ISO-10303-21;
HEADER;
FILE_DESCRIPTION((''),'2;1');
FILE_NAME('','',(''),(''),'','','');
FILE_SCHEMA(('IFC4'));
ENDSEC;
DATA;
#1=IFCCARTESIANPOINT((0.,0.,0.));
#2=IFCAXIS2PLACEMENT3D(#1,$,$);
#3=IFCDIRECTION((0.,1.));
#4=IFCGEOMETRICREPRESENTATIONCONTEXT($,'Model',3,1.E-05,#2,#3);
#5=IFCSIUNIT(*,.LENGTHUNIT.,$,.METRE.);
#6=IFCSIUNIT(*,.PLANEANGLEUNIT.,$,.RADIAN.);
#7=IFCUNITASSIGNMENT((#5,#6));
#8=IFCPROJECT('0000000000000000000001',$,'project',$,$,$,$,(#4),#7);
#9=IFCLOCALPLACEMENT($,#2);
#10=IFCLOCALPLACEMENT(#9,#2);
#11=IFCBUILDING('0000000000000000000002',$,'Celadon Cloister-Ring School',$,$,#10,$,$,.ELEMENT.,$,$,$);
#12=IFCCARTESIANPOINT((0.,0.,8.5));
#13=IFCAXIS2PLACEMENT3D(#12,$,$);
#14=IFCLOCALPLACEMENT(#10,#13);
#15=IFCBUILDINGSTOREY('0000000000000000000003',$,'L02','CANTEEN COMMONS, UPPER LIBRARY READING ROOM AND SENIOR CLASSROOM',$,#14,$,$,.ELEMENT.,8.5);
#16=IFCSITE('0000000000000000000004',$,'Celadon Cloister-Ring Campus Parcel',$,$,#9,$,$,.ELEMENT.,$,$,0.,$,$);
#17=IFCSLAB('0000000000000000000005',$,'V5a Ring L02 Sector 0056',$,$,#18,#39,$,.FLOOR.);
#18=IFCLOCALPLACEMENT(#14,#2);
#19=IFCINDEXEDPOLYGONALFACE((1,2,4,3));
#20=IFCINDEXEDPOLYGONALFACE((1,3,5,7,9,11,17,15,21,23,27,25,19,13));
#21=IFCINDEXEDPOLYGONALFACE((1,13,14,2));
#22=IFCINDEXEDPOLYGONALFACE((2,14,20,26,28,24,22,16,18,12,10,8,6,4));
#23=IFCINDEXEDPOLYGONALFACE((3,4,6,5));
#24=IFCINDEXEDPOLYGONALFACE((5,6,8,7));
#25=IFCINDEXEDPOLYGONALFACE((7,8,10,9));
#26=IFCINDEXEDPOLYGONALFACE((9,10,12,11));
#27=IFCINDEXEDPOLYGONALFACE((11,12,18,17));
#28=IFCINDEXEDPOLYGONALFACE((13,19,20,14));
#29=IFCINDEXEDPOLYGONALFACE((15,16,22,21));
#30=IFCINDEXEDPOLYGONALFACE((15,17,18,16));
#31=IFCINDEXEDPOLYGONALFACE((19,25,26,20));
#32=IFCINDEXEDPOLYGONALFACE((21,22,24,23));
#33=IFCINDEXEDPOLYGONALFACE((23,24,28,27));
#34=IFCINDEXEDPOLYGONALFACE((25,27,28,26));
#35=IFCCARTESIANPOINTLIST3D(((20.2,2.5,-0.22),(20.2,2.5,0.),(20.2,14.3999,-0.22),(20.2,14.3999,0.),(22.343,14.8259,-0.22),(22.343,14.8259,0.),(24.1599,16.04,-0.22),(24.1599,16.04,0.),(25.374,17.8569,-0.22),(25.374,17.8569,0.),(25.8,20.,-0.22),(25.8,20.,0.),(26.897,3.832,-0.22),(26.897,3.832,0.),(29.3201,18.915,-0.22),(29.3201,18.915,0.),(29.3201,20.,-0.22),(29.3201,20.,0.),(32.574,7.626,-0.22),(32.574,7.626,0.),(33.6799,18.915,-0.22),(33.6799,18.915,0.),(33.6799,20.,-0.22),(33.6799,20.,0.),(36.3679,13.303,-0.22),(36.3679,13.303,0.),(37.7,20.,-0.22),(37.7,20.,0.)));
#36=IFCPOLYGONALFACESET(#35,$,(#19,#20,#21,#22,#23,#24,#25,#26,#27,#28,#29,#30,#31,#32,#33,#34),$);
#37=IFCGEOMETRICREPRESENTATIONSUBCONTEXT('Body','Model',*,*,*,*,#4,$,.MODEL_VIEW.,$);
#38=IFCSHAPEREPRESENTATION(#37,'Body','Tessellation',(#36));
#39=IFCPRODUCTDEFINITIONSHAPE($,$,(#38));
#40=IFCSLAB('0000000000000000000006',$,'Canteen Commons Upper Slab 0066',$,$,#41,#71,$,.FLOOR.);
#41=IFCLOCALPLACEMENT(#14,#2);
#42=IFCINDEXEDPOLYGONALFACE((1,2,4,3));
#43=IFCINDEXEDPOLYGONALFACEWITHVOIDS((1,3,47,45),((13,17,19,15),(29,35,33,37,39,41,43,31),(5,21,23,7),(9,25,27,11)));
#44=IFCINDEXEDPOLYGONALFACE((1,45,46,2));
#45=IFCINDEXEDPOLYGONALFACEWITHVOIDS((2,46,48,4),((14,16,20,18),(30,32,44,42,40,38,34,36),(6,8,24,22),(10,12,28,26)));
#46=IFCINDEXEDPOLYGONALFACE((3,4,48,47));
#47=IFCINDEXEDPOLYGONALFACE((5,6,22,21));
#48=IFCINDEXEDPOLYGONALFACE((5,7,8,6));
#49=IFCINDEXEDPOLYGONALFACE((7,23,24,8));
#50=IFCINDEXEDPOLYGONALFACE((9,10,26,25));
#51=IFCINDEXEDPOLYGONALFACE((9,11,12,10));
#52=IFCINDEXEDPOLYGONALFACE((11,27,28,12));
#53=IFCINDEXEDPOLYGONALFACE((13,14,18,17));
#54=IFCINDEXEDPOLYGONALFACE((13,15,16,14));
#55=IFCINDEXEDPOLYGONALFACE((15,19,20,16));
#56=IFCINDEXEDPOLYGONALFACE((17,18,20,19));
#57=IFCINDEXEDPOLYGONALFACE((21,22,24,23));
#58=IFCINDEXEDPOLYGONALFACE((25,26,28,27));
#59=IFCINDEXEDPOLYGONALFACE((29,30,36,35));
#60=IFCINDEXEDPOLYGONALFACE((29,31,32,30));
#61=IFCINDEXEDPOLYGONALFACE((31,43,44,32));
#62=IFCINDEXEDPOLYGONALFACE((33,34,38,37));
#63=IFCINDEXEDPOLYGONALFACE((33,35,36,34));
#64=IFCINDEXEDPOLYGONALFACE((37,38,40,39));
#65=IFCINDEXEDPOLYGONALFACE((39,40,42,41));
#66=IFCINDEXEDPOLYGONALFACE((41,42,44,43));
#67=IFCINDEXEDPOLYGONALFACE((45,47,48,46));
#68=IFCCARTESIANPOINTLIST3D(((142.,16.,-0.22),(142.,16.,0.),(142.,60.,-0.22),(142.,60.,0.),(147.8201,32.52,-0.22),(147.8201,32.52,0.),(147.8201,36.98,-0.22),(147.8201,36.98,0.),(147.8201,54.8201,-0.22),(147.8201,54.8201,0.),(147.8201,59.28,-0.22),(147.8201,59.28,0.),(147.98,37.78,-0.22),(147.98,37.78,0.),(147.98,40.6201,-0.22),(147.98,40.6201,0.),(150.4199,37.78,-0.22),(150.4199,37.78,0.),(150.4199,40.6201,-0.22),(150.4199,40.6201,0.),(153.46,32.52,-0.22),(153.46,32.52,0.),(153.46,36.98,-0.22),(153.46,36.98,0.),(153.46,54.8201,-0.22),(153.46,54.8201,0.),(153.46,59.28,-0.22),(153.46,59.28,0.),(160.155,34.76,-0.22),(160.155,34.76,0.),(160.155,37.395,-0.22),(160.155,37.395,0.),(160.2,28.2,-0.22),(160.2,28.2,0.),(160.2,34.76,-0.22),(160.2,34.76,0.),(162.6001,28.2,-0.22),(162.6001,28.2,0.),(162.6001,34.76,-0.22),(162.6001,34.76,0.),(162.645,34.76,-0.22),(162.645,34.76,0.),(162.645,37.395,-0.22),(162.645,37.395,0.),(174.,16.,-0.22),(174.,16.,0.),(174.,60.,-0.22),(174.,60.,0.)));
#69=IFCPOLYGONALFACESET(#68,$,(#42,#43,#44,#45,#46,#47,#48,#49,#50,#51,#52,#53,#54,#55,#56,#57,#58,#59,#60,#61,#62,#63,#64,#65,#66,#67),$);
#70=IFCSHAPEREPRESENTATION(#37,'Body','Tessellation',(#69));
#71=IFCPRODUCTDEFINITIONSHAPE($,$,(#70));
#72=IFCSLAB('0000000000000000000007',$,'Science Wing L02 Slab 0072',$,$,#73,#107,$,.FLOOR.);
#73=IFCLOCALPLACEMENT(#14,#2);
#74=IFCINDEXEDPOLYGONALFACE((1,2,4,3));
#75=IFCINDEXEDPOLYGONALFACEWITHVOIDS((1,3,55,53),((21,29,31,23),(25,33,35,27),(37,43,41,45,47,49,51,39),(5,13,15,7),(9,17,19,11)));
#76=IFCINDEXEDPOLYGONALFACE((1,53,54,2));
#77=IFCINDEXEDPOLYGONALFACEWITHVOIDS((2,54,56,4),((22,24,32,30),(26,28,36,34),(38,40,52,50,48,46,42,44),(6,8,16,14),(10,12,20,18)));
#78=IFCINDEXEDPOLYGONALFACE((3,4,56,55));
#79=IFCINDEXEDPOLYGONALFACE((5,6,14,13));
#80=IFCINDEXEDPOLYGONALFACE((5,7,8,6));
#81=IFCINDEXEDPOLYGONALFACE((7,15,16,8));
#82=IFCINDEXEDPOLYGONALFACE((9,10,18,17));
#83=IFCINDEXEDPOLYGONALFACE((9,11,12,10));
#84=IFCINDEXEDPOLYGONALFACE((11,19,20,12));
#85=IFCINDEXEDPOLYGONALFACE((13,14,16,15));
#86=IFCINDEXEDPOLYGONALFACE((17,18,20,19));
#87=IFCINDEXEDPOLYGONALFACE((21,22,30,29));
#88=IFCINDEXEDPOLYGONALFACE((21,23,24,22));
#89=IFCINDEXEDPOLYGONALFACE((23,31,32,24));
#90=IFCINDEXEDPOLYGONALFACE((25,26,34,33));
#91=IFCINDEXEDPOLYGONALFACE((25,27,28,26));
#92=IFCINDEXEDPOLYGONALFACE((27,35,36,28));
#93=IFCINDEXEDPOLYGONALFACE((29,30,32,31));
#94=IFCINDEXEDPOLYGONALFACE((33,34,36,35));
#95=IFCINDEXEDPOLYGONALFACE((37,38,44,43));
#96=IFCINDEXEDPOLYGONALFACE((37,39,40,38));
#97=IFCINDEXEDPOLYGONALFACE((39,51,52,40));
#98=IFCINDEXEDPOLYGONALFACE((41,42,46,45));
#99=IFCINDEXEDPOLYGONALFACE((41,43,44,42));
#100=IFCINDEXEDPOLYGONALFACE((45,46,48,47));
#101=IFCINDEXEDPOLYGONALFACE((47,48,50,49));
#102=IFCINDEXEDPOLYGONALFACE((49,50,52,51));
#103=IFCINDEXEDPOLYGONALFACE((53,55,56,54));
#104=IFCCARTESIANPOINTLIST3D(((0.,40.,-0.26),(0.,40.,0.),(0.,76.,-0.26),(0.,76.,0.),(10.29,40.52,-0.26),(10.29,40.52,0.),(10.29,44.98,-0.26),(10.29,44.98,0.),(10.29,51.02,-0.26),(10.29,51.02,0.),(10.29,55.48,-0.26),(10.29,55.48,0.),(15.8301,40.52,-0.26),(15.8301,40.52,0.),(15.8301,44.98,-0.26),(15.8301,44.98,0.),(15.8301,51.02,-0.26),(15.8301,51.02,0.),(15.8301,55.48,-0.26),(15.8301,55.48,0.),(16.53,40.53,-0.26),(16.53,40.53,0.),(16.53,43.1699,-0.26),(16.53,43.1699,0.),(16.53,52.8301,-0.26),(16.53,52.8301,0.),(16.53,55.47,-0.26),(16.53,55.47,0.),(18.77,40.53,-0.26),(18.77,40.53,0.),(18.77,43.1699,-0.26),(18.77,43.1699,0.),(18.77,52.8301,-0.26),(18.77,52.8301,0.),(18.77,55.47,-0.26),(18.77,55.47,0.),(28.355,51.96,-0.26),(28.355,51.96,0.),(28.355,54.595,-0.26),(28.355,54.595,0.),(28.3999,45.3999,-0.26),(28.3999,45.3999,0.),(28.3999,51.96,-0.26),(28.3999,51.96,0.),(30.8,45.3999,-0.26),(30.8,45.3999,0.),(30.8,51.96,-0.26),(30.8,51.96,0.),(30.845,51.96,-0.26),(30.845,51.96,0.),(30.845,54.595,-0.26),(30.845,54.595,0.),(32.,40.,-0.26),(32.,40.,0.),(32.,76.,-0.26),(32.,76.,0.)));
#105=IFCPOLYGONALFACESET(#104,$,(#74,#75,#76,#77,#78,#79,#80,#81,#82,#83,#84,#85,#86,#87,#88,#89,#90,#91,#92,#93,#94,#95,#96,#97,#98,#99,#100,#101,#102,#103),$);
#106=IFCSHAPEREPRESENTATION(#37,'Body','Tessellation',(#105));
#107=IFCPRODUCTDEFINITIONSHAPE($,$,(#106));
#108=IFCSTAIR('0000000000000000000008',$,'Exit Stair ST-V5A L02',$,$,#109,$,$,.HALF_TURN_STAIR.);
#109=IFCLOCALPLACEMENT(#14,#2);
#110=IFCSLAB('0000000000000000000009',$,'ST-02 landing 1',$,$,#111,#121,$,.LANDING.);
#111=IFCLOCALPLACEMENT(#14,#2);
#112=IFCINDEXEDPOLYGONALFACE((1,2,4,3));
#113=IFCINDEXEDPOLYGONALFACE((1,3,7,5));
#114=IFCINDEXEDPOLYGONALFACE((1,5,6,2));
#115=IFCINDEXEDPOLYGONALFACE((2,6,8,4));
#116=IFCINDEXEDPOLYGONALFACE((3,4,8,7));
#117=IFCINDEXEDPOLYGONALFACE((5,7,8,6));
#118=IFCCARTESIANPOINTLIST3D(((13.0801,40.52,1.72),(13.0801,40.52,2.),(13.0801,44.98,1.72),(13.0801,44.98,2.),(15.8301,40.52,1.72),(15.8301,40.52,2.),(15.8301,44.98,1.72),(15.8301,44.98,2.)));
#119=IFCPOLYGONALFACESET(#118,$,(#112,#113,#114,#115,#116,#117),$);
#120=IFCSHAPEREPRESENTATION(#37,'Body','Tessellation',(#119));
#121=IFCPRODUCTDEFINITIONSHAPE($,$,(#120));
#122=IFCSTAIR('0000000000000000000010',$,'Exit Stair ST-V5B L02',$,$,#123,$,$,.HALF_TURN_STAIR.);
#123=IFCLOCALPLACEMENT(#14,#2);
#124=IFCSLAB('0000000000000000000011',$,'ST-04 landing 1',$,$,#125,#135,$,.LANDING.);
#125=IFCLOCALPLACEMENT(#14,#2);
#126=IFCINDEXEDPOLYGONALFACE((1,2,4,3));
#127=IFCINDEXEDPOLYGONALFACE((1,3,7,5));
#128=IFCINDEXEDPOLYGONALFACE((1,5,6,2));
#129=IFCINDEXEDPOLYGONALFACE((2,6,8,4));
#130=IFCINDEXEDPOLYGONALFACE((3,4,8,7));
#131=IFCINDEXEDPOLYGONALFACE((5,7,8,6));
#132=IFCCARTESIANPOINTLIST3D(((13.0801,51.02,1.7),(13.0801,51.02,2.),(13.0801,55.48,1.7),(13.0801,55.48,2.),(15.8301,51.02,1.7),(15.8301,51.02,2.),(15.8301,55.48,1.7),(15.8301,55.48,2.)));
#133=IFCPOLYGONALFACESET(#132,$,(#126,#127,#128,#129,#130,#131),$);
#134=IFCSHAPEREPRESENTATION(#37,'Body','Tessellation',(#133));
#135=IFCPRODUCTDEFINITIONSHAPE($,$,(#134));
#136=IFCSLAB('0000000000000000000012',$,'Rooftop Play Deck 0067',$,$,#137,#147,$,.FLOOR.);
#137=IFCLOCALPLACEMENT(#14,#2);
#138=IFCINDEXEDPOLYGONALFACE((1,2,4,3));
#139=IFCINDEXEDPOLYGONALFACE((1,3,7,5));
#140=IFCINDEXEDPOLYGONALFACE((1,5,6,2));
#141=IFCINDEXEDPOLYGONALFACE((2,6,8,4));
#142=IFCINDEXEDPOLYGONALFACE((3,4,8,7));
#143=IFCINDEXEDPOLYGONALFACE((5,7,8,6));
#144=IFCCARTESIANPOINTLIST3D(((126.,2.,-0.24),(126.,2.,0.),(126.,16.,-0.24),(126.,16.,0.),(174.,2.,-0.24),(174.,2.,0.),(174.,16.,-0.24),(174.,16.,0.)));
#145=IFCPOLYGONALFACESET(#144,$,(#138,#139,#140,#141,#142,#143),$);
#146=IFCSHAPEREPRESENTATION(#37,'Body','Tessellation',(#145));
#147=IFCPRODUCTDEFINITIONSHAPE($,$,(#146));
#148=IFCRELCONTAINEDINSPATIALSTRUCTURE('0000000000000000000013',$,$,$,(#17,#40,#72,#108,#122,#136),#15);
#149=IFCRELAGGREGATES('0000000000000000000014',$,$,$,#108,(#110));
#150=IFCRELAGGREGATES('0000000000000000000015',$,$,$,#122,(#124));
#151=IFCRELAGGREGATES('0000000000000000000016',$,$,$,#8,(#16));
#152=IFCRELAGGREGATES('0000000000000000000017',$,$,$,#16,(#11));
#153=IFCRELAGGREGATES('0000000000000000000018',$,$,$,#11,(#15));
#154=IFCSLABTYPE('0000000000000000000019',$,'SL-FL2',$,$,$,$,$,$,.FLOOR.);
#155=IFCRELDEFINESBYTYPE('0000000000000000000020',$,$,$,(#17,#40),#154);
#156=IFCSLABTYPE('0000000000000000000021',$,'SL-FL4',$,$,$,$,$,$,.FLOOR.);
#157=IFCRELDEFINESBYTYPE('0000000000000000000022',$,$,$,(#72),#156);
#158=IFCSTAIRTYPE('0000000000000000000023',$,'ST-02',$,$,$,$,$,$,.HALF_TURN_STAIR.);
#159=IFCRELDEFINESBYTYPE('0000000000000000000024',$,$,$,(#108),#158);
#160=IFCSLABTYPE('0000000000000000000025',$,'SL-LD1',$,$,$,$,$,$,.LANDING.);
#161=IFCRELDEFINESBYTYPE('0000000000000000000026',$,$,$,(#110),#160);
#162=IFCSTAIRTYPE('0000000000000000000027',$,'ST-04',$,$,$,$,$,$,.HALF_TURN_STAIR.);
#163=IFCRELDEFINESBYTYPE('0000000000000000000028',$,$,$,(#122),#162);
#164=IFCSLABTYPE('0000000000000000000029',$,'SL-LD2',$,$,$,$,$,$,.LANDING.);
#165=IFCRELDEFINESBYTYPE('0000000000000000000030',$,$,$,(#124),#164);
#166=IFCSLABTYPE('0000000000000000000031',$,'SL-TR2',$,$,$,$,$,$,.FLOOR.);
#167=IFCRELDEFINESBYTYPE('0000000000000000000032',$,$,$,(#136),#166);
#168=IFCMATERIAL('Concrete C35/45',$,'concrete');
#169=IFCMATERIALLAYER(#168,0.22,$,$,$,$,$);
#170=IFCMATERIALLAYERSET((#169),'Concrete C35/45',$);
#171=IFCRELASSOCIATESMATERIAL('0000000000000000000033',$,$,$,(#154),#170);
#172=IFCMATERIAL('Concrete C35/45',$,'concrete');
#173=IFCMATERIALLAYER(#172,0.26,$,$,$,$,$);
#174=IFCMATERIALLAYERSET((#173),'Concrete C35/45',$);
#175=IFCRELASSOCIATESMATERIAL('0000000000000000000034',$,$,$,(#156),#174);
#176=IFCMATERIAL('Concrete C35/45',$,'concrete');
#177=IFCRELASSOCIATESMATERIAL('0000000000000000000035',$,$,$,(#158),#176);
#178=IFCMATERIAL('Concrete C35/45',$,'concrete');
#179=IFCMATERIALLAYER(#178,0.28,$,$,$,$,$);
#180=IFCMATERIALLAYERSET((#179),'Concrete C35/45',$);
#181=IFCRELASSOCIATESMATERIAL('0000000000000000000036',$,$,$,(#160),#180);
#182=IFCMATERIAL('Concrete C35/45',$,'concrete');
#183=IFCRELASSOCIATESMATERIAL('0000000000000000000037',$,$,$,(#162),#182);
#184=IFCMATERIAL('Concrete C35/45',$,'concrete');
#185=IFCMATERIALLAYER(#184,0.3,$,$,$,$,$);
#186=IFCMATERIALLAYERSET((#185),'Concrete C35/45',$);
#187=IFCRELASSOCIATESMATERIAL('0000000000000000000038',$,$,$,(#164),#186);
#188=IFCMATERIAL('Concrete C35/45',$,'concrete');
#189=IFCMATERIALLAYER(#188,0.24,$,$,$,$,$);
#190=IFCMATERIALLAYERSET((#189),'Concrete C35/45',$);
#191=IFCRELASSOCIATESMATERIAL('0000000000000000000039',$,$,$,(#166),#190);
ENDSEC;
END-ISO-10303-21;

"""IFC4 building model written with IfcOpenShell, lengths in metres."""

from ifc_helpers import new_model, si_unit, direction, frame, origin, place, context, subcontext, project, spatial, polyline, outline, extrude, material, layer, layer_set, type_object, element, aggregate, save


model = new_model("IFC4")

# Units and contexts
model_context = context("Model", 3, precision=1e-05, world=origin(), true_north=direction((0.0, 1.0)))
body_context = subcontext(model_context, "Body", "Model", "MODEL_VIEW")
ifc_project = project(units=[si_unit("LENGTHUNIT", "METRE"), si_unit("PLANEANGLEUNIT", "RADIAN")], contexts=[model_context])

# Site, building, storey
site_placement = place(None, origin())
site = spatial("IfcSite", under=ifc_project, at=site_placement, Name="Celadon Cloister-Ring Campus Parcel", CompositionType="ELEMENT", RefElevation=0.0)
building_placement = place(site_placement, origin())
building = spatial("IfcBuilding", under=site, at=building_placement, Name="Celadon Cloister-Ring School", CompositionType="ELEMENT")
storey_placement = place(building_placement, frame((0.0, 0.0, 8.5)))
storey = spatial("IfcBuildingStorey", under=building, at=storey_placement, Name="L02", Description="CANTEEN COMMONS, UPPER LIBRARY READING ROOM AND SENIOR CLASSROOM", CompositionType="ELEMENT", Elevation=8.5)

# Slabs
ifc_material_1 = material(Name="Concrete C35/45", Category="concrete")
ifc_layer_1 = layer(ifc_material_1, 0.22)
ifc_layer_set_1 = layer_set([ifc_layer_1], Name="Concrete C35/45")
slab_type_1 = type_object("IfcSlabType", Name="SL-FL2", PredefinedType="FLOOR", material=ifc_layer_set_1)
slab_1_placement = place(storey_placement, frame((0.0, 0.0, -0.22)))
element("IfcSlab", 1, at=slab_1_placement, inside=storey, type_object=slab_type_1, Name="V5a Ring L02 Sector 0056", PredefinedType="FLOOR", context=body_context, shape_type="SweptSolid", body=[
    extrude(outline(polyline([(37.7, 20.0), (36.3679, 13.303), (32.574, 7.626), (26.897, 3.832), (20.2, 2.5), (20.2, 14.3999), (22.343, 14.8259), (24.1599, 16.04), (25.374, 17.8569), (25.8, 20.0), (29.3201, 20.0), (29.3201, 18.915), (33.6799, 18.915), (33.6799, 20.0), (37.7, 20.0)])), origin(), (0.0, 0.0, 1.0), 0.22),
])
slab_2_placement = place(storey_placement, frame((0.0, 0.0, -0.22)))
element("IfcSlab", 2, at=slab_2_placement, inside=storey, type_object=slab_type_1, Name="Canteen Commons Upper Slab 0066", PredefinedType="FLOOR", context=body_context, shape_type="SweptSolid", body=[
    extrude(outline(polyline([(142.0, 60.0), (174.0, 60.0), (174.0, 16.0), (142.0, 16.0), (142.0, 60.0)]), holes=[polyline([(160.155, 37.395), (160.155, 34.76), (160.2, 34.76), (160.2, 28.2), (162.6001, 28.2), (162.6001, 34.76), (162.645, 34.76), (162.645, 37.395), (160.155, 37.395)]), polyline([(147.8201, 32.52), (153.46, 32.52), (153.46, 36.98), (147.8201, 36.98), (147.8201, 32.52)]), polyline([(150.4199, 37.78), (150.4199, 40.6201), (147.98, 40.6201), (147.98, 37.78), (150.4199, 37.78)]), polyline([(153.46, 54.8201), (153.46, 59.28), (147.8201, 59.28), (147.8201, 54.8201), (153.46, 54.8201)])]), origin(), (0.0, 0.0, 1.0), 0.22),
])
ifc_material_2 = material(Name="Concrete C35/45", Category="concrete")
ifc_layer_2 = layer(ifc_material_2, 0.26)
ifc_layer_set_2 = layer_set([ifc_layer_2], Name="Concrete C35/45")
slab_type_2 = type_object("IfcSlabType", Name="SL-FL4", PredefinedType="FLOOR", material=ifc_layer_set_2)
slab_3_placement = place(storey_placement, frame((0.0, 0.0, -0.26)))
element("IfcSlab", 3, at=slab_3_placement, inside=storey, type_object=slab_type_2, Name="Science Wing L02 Slab 0072", PredefinedType="FLOOR", context=body_context, shape_type="SweptSolid", body=[
    extrude(outline(polyline([(0.0, 76.0), (32.0, 76.0), (32.0, 40.0), (0.0, 40.0), (0.0, 76.0)]), holes=[polyline([(18.77, 40.53), (18.77, 43.1699), (16.53, 43.1699), (16.53, 40.53), (18.77, 40.53)]), polyline([(15.8301, 40.52), (15.8301, 44.98), (10.29, 44.98), (10.29, 40.52), (15.8301, 40.52)]), polyline([(28.355, 51.96), (28.3999, 51.96), (28.3999, 45.3999), (30.8, 45.3999), (30.8, 51.96), (30.845, 51.96), (30.845, 54.595), (28.355, 54.595), (28.355, 51.96)]), polyline([(15.8301, 51.02), (15.8301, 55.48), (10.29, 55.48), (10.29, 51.02), (15.8301, 51.02)]), polyline([(16.53, 52.8301), (18.77, 52.8301), (18.77, 55.47), (16.53, 55.47), (16.53, 52.8301)])]), origin(), (0.0, 0.0, 1.0), 0.26),
])

# Stairs, slabs
ifc_material_3 = material(Name="Concrete C35/45", Category="concrete")
stair_type_1 = type_object("IfcStairType", Name="ST-02", PredefinedType="HALF_TURN_STAIR", material=ifc_material_3)
stair_1_placement = place(storey_placement, origin())
stair_1 = element("IfcStair", 4, at=stair_1_placement, inside=storey, type_object=stair_type_1, Name="Exit Stair ST-V5A L02", PredefinedType="HALF_TURN_STAIR")
ifc_material_4 = material(Name="Concrete C35/45", Category="concrete")
ifc_layer_3 = layer(ifc_material_4, 0.28)
ifc_layer_set_3 = layer_set([ifc_layer_3], Name="Concrete C35/45")
slab_type_3 = type_object("IfcSlabType", Name="SL-LD1", PredefinedType="LANDING", material=ifc_layer_set_3)
slab_4_placement = place(storey_placement, frame((0.0, 0.0, 1.72)))
slab_4 = element("IfcSlab", 5, at=slab_4_placement, type_object=slab_type_3, Name="ST-02 landing 1", PredefinedType="LANDING", context=body_context, shape_type="SweptSolid", body=[
    extrude(outline(polyline([(13.0801, 40.52), (15.8301, 40.52), (15.8301, 44.98), (13.0801, 44.98), (13.0801, 40.52)])), origin(), (0.0, 0.0, 1.0), 0.28),
])
aggregate(stair_1, [slab_4])
ifc_material_5 = material(Name="Concrete C35/45", Category="concrete")
stair_type_2 = type_object("IfcStairType", Name="ST-04", PredefinedType="HALF_TURN_STAIR", material=ifc_material_5)
stair_2_placement = place(storey_placement, origin())
stair_2 = element("IfcStair", 6, at=stair_2_placement, inside=storey, type_object=stair_type_2, Name="Exit Stair ST-V5B L02", PredefinedType="HALF_TURN_STAIR")
ifc_material_6 = material(Name="Concrete C35/45", Category="concrete")
ifc_layer_4 = layer(ifc_material_6, 0.3)
ifc_layer_set_4 = layer_set([ifc_layer_4], Name="Concrete C35/45")
slab_type_4 = type_object("IfcSlabType", Name="SL-LD2", PredefinedType="LANDING", material=ifc_layer_set_4)
slab_5_placement = place(storey_placement, frame((0.0, 0.0, 1.7)))
slab_5 = element("IfcSlab", 7, at=slab_5_placement, type_object=slab_type_4, Name="ST-04 landing 1", PredefinedType="LANDING", context=body_context, shape_type="SweptSolid", body=[
    extrude(outline(polyline([(13.0801, 51.02), (15.8301, 51.02), (15.8301, 55.48), (13.0801, 55.48), (13.0801, 51.02)])), origin(), (0.0, 0.0, 1.0), 0.3),
])
aggregate(stair_2, [slab_5])

# Slab
ifc_material_7 = material(Name="Concrete C35/45", Category="concrete")
ifc_layer_5 = layer(ifc_material_7, 0.24)
ifc_layer_set_5 = layer_set([ifc_layer_5], Name="Concrete C35/45")
slab_type_5 = type_object("IfcSlabType", Name="SL-TR2", PredefinedType="FLOOR", material=ifc_layer_set_5)
slab_6_placement = place(storey_placement, frame((0.0, 0.0, -0.24)))
element("IfcSlab", 8, at=slab_6_placement, inside=storey, type_object=slab_type_5, Name="Rooftop Play Deck 0067", PredefinedType="FLOOR", context=body_context, shape_type="SweptSolid", body=[
    extrude(outline(polyline([(126.0, 2.0), (174.0, 2.0), (174.0, 16.0), (126.0, 16.0), (126.0, 2.0)])), origin(), (0.0, 0.0, 1.0), 0.24),
])

save(model, "model.ifc")
